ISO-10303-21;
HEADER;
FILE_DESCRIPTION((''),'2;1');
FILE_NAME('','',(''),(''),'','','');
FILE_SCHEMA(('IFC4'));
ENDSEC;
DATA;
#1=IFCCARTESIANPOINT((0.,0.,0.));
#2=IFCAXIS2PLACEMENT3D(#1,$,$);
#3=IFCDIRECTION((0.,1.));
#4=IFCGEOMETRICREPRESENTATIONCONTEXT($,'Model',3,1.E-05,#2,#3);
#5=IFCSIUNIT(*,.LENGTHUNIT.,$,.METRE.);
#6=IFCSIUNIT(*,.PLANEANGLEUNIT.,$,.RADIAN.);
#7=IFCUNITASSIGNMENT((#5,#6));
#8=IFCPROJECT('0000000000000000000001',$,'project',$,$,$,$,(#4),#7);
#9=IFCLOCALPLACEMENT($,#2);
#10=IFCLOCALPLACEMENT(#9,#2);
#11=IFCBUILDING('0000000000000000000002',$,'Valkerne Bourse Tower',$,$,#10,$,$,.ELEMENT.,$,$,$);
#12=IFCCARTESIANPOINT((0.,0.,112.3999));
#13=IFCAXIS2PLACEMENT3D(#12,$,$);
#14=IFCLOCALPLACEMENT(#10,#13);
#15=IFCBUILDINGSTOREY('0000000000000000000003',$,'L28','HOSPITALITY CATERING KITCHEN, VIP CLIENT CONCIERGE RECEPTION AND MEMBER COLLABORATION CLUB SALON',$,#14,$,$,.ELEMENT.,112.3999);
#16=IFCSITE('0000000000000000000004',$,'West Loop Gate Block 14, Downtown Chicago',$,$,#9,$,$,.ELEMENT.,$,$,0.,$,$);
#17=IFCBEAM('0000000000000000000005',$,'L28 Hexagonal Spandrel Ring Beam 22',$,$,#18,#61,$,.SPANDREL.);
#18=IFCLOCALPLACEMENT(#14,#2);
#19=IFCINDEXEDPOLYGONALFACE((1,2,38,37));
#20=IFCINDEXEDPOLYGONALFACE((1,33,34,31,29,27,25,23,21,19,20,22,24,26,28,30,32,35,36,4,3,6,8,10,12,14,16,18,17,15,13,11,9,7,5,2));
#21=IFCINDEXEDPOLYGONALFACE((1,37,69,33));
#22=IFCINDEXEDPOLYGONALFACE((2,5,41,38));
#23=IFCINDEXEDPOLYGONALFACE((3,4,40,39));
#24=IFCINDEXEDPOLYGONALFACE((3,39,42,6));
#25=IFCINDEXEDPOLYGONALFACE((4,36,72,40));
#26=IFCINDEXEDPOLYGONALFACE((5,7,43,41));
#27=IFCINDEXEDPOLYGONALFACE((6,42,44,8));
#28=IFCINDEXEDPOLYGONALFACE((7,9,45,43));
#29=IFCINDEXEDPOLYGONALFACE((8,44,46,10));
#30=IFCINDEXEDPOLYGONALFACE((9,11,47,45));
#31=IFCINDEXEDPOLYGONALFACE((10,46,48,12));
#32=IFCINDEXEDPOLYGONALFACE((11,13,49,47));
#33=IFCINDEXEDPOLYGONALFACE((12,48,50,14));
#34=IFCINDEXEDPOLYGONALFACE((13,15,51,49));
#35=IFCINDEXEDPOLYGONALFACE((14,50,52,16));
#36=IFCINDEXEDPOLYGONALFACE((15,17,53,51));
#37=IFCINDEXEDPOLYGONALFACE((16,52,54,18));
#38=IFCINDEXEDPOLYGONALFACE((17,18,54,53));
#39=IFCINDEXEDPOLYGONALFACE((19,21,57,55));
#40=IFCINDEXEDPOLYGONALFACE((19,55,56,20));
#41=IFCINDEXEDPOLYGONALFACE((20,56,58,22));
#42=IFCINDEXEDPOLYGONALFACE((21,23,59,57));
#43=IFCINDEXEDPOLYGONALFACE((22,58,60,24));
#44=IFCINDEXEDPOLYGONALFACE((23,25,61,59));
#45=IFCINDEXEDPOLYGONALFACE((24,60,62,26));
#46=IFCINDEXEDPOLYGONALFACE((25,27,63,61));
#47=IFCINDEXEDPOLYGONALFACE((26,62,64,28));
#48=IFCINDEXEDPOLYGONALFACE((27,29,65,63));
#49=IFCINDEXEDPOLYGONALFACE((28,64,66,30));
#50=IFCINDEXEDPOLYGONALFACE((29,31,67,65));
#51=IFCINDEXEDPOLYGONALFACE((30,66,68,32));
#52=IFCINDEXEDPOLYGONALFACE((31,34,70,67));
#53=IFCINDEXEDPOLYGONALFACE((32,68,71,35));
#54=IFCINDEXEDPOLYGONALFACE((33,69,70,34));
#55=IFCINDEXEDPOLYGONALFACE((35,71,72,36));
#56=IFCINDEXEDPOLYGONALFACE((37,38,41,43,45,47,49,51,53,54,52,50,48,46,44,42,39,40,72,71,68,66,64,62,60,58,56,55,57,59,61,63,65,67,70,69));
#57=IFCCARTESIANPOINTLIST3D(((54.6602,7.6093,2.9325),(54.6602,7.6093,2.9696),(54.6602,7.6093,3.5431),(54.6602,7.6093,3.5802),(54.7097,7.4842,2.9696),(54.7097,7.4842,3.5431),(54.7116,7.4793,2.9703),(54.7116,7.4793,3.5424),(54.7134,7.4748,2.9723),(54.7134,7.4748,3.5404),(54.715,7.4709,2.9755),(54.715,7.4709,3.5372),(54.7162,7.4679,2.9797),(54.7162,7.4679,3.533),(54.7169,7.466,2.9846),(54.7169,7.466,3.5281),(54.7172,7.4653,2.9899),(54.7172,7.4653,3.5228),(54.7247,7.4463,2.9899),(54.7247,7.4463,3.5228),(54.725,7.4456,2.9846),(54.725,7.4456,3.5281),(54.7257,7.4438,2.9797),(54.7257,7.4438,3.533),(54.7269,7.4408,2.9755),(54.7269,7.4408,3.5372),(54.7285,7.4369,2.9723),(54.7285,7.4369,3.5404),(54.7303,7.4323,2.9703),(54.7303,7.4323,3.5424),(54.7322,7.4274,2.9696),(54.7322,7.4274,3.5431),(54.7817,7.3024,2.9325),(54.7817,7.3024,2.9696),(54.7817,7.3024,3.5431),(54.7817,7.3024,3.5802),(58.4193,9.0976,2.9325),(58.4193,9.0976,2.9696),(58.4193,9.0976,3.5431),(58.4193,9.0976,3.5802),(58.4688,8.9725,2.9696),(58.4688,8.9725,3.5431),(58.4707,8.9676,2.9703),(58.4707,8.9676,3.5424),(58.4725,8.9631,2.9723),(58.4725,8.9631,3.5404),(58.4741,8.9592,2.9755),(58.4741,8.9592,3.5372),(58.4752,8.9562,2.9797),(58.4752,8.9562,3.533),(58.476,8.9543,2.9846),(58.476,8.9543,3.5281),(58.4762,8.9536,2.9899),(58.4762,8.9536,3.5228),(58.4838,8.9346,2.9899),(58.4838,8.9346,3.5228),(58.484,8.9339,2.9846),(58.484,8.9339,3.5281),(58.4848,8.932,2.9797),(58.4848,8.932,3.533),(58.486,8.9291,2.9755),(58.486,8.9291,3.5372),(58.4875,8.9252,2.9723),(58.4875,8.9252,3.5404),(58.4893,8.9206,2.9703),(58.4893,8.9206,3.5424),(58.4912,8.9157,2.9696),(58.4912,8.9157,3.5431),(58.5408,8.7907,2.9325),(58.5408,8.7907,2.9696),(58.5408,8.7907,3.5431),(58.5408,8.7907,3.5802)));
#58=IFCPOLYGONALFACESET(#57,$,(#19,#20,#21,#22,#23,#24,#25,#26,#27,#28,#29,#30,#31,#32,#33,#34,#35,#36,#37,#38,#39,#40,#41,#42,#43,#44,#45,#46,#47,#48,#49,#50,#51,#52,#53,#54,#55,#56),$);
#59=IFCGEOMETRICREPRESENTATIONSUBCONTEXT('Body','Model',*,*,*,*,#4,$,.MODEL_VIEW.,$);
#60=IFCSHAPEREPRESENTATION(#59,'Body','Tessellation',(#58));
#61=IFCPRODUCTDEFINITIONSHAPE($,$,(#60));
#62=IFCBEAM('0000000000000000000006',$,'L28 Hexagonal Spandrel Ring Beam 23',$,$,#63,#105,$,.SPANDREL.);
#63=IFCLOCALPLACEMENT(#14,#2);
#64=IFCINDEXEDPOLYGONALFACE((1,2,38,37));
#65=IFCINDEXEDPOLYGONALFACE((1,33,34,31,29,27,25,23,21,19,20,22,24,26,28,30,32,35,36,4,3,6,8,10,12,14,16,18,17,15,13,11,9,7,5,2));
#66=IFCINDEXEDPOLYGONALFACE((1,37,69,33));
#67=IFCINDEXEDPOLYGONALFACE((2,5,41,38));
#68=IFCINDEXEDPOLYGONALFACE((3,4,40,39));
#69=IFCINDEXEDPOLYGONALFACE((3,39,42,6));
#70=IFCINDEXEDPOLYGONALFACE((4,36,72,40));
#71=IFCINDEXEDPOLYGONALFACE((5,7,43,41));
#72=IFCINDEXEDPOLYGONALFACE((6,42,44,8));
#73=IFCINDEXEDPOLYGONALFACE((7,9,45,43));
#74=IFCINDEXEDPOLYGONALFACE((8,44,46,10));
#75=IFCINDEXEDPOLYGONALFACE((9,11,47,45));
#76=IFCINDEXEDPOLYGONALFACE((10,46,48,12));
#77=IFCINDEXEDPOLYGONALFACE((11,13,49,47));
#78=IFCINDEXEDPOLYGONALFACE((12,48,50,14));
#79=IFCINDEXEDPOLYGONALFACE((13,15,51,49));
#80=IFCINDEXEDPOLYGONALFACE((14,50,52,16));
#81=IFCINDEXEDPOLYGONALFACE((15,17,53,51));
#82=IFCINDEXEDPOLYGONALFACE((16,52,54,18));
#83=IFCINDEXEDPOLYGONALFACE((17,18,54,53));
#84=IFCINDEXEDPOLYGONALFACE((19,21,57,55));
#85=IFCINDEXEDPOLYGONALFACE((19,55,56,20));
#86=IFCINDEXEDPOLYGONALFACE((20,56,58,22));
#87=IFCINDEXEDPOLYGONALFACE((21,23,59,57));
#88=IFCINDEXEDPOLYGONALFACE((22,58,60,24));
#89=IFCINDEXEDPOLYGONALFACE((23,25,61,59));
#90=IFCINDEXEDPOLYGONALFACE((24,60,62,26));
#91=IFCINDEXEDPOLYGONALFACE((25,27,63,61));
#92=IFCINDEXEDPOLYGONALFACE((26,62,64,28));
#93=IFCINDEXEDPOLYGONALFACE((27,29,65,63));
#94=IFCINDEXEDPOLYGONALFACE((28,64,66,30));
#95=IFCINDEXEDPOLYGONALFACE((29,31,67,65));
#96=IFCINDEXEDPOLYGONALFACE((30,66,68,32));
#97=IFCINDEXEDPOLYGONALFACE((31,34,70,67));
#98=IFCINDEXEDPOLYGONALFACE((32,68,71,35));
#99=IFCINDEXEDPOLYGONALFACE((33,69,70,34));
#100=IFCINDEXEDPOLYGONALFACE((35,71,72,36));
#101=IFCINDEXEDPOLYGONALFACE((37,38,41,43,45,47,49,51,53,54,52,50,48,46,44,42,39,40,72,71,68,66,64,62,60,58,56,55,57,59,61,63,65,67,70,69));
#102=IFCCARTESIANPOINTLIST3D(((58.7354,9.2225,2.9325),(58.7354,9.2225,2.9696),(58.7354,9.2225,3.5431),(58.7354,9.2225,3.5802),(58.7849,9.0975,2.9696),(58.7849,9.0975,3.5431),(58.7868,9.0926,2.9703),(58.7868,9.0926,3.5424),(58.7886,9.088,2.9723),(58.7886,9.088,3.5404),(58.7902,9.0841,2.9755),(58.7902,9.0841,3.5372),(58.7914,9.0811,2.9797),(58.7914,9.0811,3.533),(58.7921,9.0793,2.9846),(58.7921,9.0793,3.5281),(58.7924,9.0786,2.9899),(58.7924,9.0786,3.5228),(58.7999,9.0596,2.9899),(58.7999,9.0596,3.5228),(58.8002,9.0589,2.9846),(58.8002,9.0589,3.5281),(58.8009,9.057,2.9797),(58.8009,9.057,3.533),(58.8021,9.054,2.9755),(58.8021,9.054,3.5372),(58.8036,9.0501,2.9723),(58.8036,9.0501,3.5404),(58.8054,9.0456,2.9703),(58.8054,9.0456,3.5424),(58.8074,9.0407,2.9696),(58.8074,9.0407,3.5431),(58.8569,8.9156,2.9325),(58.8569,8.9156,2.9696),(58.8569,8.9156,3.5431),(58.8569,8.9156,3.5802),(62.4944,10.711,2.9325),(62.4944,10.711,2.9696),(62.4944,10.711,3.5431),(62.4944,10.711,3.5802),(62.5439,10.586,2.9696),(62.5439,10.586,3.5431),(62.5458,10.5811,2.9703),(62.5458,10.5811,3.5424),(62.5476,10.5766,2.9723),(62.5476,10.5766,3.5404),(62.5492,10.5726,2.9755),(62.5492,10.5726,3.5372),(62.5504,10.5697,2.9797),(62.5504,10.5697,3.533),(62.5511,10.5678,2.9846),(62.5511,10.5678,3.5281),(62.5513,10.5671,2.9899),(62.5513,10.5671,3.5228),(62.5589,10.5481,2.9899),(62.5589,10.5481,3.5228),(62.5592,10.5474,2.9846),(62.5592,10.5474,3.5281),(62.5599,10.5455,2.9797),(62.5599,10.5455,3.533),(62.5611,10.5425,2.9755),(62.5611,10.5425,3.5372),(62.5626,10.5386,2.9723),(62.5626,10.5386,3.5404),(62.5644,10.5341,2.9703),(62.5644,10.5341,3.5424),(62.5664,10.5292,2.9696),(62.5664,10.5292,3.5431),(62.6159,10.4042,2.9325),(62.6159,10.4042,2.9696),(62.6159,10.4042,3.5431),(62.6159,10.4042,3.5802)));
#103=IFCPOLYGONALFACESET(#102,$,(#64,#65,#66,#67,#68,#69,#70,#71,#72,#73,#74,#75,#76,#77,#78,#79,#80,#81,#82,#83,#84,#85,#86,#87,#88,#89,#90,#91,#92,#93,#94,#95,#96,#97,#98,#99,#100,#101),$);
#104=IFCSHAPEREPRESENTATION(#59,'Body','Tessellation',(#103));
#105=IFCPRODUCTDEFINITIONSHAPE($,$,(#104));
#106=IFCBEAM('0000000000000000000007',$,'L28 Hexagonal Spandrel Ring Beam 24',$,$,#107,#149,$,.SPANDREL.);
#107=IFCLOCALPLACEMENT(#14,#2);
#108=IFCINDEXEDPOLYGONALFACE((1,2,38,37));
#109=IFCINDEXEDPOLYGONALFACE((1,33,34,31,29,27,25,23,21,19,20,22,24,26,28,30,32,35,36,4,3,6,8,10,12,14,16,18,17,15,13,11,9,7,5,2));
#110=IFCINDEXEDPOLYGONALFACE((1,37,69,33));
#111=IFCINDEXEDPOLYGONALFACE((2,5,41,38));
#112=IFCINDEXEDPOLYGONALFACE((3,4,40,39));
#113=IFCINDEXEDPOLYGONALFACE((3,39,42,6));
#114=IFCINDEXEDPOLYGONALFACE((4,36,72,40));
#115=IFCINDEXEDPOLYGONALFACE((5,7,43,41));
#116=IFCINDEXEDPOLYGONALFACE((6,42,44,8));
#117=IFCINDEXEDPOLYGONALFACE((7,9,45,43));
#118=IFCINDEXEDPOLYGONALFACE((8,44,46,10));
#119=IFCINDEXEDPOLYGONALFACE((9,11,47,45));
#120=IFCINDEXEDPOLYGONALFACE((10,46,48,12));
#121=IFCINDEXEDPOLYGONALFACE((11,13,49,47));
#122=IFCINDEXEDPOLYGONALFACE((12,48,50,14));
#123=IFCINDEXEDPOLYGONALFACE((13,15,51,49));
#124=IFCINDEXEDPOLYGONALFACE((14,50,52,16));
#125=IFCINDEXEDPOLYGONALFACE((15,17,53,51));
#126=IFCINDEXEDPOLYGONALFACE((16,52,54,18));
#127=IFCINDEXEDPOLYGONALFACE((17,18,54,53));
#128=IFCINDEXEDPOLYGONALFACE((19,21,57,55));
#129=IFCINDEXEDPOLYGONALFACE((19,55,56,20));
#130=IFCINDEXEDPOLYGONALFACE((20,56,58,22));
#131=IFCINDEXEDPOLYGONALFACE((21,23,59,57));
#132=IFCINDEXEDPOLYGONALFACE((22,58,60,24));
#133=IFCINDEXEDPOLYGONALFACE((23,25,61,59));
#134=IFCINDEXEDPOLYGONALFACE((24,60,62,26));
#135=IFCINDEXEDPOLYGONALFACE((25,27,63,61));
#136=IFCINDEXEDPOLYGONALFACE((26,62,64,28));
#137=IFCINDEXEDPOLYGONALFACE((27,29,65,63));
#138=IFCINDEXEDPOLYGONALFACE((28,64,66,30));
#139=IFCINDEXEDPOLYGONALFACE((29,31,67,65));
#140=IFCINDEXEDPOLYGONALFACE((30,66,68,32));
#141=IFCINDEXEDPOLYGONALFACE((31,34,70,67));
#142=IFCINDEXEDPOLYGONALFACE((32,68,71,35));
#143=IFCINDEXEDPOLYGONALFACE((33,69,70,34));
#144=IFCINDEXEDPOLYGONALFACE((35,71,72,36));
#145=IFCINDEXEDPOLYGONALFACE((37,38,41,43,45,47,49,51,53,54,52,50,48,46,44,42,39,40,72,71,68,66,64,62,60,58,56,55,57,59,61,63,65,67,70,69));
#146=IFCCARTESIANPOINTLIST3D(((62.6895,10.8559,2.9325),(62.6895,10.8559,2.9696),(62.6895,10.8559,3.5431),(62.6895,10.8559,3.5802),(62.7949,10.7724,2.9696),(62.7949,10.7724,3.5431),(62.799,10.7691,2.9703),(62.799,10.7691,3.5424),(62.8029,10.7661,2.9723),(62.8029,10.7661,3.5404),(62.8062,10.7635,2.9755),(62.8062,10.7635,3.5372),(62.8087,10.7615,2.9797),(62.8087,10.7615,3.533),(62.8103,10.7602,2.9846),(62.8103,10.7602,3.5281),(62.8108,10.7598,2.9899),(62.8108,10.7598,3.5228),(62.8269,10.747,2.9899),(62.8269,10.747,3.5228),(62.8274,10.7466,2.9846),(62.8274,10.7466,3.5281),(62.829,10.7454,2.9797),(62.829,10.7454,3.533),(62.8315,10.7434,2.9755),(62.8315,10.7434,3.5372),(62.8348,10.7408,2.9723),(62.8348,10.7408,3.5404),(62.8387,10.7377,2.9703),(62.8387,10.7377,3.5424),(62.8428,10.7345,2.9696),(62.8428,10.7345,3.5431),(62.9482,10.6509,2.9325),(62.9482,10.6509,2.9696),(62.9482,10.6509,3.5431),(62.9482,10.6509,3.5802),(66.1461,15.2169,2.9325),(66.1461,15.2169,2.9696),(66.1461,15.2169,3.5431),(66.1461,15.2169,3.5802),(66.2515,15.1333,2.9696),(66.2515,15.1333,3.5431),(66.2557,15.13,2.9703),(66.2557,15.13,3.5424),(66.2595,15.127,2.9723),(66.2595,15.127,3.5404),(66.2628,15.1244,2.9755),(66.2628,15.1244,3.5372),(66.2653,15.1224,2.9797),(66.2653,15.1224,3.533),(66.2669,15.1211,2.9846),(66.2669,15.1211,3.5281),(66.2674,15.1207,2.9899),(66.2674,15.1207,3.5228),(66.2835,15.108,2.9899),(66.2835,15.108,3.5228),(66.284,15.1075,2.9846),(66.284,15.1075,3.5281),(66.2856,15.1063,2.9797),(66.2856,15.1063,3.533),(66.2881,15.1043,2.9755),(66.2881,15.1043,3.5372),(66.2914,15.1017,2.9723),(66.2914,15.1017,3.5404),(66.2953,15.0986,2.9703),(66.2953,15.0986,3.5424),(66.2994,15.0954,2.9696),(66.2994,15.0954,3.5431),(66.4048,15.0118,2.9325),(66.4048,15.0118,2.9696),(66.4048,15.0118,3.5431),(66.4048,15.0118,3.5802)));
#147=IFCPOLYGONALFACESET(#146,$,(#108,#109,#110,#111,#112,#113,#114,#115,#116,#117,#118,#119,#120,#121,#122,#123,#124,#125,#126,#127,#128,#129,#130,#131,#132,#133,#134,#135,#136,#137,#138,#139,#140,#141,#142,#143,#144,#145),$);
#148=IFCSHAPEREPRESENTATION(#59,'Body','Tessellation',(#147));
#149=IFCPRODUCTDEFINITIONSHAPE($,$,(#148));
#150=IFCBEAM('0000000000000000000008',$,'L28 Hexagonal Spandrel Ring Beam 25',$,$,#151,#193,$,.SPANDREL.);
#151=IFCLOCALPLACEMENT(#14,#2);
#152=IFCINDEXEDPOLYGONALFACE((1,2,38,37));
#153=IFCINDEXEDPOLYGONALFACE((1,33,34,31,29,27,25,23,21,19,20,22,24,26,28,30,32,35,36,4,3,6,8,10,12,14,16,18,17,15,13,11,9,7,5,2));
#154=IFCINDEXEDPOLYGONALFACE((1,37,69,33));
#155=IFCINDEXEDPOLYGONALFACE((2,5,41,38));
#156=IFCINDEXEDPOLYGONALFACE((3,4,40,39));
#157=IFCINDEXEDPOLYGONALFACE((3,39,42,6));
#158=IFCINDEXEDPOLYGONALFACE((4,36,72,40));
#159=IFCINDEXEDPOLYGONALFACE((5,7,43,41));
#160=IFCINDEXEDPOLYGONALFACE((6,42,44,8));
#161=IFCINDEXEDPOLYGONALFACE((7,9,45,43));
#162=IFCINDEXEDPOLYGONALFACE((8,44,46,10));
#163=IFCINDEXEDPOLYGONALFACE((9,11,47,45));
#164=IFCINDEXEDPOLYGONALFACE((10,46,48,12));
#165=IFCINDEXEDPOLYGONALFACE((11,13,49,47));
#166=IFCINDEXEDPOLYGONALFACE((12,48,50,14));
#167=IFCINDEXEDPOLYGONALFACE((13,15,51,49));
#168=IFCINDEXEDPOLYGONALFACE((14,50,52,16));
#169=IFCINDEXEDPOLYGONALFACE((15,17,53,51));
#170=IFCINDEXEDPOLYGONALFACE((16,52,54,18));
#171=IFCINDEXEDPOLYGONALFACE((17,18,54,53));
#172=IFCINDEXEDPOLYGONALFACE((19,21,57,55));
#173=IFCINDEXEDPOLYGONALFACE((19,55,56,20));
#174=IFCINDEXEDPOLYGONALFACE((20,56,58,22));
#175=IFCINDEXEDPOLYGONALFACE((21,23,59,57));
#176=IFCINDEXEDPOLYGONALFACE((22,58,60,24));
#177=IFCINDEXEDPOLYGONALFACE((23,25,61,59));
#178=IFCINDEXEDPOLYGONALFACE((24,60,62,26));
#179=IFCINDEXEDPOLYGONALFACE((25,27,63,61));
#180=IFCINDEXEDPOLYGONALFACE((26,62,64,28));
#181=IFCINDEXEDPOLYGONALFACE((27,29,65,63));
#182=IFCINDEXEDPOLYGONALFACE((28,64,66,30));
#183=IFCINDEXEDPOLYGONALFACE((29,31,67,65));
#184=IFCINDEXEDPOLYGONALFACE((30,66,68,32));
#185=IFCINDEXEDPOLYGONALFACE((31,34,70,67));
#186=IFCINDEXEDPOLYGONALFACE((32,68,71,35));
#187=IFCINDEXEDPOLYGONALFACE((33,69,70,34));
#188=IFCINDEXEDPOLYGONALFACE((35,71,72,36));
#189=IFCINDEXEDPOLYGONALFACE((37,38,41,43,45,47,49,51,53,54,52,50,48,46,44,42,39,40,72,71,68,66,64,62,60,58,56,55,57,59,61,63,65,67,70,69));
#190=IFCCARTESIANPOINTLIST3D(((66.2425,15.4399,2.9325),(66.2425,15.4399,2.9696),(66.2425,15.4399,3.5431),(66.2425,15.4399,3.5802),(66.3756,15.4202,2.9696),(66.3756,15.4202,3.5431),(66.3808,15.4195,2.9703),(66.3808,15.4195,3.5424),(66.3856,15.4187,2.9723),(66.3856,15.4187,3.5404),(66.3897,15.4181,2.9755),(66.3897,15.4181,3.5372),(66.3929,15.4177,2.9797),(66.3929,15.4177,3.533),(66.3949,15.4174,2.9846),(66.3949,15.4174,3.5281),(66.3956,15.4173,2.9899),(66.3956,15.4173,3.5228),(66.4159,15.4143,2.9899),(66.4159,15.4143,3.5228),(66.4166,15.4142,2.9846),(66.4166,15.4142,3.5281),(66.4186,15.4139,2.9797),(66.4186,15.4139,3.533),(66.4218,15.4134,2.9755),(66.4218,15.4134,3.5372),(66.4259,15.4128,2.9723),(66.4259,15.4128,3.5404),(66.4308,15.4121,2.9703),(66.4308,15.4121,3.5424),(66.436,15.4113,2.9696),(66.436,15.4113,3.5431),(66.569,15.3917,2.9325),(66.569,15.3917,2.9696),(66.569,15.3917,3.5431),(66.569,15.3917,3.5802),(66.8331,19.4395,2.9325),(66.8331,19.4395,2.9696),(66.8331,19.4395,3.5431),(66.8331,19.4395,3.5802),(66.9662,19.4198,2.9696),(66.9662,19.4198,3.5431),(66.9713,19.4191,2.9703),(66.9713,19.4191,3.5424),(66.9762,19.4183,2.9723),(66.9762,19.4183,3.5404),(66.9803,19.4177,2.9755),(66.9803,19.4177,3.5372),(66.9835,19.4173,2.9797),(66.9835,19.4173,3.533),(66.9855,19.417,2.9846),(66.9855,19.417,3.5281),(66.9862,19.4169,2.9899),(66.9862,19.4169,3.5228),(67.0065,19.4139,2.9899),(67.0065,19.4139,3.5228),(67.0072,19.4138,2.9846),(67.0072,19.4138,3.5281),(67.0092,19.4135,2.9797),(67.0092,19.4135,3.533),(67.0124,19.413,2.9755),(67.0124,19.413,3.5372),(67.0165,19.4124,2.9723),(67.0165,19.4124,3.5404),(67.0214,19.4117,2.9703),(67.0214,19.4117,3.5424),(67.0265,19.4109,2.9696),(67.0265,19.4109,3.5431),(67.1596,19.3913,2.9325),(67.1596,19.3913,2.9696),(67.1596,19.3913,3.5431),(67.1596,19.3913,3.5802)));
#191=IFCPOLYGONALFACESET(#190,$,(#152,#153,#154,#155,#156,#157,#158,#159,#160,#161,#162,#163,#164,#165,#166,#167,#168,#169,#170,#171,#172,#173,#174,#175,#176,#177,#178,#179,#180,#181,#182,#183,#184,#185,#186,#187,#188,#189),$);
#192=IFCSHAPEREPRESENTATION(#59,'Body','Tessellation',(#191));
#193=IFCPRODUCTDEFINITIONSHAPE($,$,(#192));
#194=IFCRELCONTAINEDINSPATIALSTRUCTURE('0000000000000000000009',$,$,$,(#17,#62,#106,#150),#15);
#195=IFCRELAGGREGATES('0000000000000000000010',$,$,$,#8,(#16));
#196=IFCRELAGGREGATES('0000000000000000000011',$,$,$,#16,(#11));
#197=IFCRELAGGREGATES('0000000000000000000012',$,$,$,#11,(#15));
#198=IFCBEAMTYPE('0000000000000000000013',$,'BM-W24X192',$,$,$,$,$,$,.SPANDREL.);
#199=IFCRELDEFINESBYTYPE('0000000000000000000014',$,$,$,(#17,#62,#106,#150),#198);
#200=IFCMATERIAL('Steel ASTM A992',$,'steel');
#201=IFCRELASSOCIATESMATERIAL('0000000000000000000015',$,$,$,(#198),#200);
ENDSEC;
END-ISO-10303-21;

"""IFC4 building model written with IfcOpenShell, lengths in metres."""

from ifc_helpers import new_model, si_unit, direction, frame, origin, origin_2d, place, context, subcontext, project, spatial, i_section, extrude, material, material_profile, profile_set, type_object, element, save


model = new_model("IFC4")

# Units and contexts
model_context = context("Model", 3, precision=1e-05, world=origin(), true_north=direction((0.0, 1.0)))
body_context = subcontext(model_context, "Body", "Model", "MODEL_VIEW")
ifc_project = project(units=[si_unit("LENGTHUNIT", "METRE"), si_unit("PLANEANGLEUNIT", "RADIAN")], contexts=[model_context])

# Site, building, storey
site_placement = place(None, origin())
site = spatial("IfcSite", under=ifc_project, at=site_placement, Name="West Loop Gate Block 14, Downtown Chicago", CompositionType="ELEMENT", RefElevation=0.0)
building_placement = place(site_placement, origin())
building = spatial("IfcBuilding", under=site, at=building_placement, Name="Valkerne Bourse Tower", CompositionType="ELEMENT")
storey_placement = place(building_placement, frame((0.0, 0.0, 112.3999)))
storey = spatial("IfcBuildingStorey", under=building, at=storey_placement, Name="L28", Description="HOSPITALITY CATERING KITCHEN, VIP CLIENT CONCIERGE RECEPTION AND MEMBER COLLABORATION CLUB SALON", CompositionType="ELEMENT", Elevation=112.3999)

# Beams
ifc_material_1 = material(Name="Steel ASTM A992", Category="steel")
ifc_material_profile_1 = material_profile(ifc_material_1, i_section(OverallWidth=0.3301, OverallDepth=0.6477, WebThickness=0.0205, FlangeThickness=0.0371, FilletRadius=0.0203, at=origin_2d()), Name="W24X192")
ifc_profile_set_1 = profile_set([ifc_material_profile_1], Name="Steel ASTM A992")
beam_type = type_object("IfcBeamType", Name="BM-W24X192", PredefinedType="SPANDREL", material=ifc_profile_set_1)
for number, where, z_axis, x_axis, name in (
    (1, (54.7209, 7.4558, 3.2563), (0.929779, 0.368119, 0.0), (-0.368119, 0.929779, 0.0), "L28 Hexagonal Spandrel Ring Beam 22"),
    (2, (58.7961, 9.0691, 3.2563), (0.929758, 0.368171, 0.0), (-0.368171, 0.929758, 0.0), "L28 Hexagonal Spandrel Ring Beam 23"),
):
    element("IfcBeam", number, at=place(storey_placement, frame(where, z_axis=z_axis, x_axis=x_axis)), inside=storey, type_object=beam_type, Name=name, PredefinedType="SPANDREL", context=body_context, shape_type="SweptSolid", body=[
        extrude(i_section(OverallWidth=0.3301, OverallDepth=0.6477, WebThickness=0.0205, FlangeThickness=0.0371, FilletRadius=0.0203, at=origin_2d()), origin(), (0.0, 0.0, 1.0), 4.043),
    ])
beam_1_placement = place(storey_placement, frame((62.8188, 10.7534, 3.2563), z_axis=(0.621168, 0.783677, 0.0), x_axis=(-0.783677, 0.621168, 0.0)))
element("IfcBeam", 3, at=beam_1_placement, inside=storey, type_object=beam_type, Name="L28 Hexagonal Spandrel Ring Beam 24", PredefinedType="SPANDREL", context=body_context, shape_type="SweptSolid", body=[
    extrude(i_section(OverallWidth=0.3301, OverallDepth=0.6477, WebThickness=0.0205, FlangeThickness=0.0371, FilletRadius=0.0203, at=origin_2d()), origin(), (0.0, 0.0, 1.0), 5.5647),
])
beam_2_placement = place(storey_placement, frame((66.4058, 15.4158, 3.2563), z_axis=(0.146078, 0.989273, 0.0), x_axis=(-0.989273, 0.146078, 0.0)))
element("IfcBeam", 4, at=beam_2_placement, inside=storey, type_object=beam_type, Name="L28 Hexagonal Spandrel Ring Beam 25", PredefinedType="SPANDREL", context=body_context, shape_type="SweptSolid", body=[
    extrude(i_section(OverallWidth=0.3301, OverallDepth=0.6477, WebThickness=0.0205, FlangeThickness=0.0371, FilletRadius=0.0203, at=origin_2d()), origin(), (0.0, 0.0, 1.0), 4.043),
])

save(model, "model.ifc")
